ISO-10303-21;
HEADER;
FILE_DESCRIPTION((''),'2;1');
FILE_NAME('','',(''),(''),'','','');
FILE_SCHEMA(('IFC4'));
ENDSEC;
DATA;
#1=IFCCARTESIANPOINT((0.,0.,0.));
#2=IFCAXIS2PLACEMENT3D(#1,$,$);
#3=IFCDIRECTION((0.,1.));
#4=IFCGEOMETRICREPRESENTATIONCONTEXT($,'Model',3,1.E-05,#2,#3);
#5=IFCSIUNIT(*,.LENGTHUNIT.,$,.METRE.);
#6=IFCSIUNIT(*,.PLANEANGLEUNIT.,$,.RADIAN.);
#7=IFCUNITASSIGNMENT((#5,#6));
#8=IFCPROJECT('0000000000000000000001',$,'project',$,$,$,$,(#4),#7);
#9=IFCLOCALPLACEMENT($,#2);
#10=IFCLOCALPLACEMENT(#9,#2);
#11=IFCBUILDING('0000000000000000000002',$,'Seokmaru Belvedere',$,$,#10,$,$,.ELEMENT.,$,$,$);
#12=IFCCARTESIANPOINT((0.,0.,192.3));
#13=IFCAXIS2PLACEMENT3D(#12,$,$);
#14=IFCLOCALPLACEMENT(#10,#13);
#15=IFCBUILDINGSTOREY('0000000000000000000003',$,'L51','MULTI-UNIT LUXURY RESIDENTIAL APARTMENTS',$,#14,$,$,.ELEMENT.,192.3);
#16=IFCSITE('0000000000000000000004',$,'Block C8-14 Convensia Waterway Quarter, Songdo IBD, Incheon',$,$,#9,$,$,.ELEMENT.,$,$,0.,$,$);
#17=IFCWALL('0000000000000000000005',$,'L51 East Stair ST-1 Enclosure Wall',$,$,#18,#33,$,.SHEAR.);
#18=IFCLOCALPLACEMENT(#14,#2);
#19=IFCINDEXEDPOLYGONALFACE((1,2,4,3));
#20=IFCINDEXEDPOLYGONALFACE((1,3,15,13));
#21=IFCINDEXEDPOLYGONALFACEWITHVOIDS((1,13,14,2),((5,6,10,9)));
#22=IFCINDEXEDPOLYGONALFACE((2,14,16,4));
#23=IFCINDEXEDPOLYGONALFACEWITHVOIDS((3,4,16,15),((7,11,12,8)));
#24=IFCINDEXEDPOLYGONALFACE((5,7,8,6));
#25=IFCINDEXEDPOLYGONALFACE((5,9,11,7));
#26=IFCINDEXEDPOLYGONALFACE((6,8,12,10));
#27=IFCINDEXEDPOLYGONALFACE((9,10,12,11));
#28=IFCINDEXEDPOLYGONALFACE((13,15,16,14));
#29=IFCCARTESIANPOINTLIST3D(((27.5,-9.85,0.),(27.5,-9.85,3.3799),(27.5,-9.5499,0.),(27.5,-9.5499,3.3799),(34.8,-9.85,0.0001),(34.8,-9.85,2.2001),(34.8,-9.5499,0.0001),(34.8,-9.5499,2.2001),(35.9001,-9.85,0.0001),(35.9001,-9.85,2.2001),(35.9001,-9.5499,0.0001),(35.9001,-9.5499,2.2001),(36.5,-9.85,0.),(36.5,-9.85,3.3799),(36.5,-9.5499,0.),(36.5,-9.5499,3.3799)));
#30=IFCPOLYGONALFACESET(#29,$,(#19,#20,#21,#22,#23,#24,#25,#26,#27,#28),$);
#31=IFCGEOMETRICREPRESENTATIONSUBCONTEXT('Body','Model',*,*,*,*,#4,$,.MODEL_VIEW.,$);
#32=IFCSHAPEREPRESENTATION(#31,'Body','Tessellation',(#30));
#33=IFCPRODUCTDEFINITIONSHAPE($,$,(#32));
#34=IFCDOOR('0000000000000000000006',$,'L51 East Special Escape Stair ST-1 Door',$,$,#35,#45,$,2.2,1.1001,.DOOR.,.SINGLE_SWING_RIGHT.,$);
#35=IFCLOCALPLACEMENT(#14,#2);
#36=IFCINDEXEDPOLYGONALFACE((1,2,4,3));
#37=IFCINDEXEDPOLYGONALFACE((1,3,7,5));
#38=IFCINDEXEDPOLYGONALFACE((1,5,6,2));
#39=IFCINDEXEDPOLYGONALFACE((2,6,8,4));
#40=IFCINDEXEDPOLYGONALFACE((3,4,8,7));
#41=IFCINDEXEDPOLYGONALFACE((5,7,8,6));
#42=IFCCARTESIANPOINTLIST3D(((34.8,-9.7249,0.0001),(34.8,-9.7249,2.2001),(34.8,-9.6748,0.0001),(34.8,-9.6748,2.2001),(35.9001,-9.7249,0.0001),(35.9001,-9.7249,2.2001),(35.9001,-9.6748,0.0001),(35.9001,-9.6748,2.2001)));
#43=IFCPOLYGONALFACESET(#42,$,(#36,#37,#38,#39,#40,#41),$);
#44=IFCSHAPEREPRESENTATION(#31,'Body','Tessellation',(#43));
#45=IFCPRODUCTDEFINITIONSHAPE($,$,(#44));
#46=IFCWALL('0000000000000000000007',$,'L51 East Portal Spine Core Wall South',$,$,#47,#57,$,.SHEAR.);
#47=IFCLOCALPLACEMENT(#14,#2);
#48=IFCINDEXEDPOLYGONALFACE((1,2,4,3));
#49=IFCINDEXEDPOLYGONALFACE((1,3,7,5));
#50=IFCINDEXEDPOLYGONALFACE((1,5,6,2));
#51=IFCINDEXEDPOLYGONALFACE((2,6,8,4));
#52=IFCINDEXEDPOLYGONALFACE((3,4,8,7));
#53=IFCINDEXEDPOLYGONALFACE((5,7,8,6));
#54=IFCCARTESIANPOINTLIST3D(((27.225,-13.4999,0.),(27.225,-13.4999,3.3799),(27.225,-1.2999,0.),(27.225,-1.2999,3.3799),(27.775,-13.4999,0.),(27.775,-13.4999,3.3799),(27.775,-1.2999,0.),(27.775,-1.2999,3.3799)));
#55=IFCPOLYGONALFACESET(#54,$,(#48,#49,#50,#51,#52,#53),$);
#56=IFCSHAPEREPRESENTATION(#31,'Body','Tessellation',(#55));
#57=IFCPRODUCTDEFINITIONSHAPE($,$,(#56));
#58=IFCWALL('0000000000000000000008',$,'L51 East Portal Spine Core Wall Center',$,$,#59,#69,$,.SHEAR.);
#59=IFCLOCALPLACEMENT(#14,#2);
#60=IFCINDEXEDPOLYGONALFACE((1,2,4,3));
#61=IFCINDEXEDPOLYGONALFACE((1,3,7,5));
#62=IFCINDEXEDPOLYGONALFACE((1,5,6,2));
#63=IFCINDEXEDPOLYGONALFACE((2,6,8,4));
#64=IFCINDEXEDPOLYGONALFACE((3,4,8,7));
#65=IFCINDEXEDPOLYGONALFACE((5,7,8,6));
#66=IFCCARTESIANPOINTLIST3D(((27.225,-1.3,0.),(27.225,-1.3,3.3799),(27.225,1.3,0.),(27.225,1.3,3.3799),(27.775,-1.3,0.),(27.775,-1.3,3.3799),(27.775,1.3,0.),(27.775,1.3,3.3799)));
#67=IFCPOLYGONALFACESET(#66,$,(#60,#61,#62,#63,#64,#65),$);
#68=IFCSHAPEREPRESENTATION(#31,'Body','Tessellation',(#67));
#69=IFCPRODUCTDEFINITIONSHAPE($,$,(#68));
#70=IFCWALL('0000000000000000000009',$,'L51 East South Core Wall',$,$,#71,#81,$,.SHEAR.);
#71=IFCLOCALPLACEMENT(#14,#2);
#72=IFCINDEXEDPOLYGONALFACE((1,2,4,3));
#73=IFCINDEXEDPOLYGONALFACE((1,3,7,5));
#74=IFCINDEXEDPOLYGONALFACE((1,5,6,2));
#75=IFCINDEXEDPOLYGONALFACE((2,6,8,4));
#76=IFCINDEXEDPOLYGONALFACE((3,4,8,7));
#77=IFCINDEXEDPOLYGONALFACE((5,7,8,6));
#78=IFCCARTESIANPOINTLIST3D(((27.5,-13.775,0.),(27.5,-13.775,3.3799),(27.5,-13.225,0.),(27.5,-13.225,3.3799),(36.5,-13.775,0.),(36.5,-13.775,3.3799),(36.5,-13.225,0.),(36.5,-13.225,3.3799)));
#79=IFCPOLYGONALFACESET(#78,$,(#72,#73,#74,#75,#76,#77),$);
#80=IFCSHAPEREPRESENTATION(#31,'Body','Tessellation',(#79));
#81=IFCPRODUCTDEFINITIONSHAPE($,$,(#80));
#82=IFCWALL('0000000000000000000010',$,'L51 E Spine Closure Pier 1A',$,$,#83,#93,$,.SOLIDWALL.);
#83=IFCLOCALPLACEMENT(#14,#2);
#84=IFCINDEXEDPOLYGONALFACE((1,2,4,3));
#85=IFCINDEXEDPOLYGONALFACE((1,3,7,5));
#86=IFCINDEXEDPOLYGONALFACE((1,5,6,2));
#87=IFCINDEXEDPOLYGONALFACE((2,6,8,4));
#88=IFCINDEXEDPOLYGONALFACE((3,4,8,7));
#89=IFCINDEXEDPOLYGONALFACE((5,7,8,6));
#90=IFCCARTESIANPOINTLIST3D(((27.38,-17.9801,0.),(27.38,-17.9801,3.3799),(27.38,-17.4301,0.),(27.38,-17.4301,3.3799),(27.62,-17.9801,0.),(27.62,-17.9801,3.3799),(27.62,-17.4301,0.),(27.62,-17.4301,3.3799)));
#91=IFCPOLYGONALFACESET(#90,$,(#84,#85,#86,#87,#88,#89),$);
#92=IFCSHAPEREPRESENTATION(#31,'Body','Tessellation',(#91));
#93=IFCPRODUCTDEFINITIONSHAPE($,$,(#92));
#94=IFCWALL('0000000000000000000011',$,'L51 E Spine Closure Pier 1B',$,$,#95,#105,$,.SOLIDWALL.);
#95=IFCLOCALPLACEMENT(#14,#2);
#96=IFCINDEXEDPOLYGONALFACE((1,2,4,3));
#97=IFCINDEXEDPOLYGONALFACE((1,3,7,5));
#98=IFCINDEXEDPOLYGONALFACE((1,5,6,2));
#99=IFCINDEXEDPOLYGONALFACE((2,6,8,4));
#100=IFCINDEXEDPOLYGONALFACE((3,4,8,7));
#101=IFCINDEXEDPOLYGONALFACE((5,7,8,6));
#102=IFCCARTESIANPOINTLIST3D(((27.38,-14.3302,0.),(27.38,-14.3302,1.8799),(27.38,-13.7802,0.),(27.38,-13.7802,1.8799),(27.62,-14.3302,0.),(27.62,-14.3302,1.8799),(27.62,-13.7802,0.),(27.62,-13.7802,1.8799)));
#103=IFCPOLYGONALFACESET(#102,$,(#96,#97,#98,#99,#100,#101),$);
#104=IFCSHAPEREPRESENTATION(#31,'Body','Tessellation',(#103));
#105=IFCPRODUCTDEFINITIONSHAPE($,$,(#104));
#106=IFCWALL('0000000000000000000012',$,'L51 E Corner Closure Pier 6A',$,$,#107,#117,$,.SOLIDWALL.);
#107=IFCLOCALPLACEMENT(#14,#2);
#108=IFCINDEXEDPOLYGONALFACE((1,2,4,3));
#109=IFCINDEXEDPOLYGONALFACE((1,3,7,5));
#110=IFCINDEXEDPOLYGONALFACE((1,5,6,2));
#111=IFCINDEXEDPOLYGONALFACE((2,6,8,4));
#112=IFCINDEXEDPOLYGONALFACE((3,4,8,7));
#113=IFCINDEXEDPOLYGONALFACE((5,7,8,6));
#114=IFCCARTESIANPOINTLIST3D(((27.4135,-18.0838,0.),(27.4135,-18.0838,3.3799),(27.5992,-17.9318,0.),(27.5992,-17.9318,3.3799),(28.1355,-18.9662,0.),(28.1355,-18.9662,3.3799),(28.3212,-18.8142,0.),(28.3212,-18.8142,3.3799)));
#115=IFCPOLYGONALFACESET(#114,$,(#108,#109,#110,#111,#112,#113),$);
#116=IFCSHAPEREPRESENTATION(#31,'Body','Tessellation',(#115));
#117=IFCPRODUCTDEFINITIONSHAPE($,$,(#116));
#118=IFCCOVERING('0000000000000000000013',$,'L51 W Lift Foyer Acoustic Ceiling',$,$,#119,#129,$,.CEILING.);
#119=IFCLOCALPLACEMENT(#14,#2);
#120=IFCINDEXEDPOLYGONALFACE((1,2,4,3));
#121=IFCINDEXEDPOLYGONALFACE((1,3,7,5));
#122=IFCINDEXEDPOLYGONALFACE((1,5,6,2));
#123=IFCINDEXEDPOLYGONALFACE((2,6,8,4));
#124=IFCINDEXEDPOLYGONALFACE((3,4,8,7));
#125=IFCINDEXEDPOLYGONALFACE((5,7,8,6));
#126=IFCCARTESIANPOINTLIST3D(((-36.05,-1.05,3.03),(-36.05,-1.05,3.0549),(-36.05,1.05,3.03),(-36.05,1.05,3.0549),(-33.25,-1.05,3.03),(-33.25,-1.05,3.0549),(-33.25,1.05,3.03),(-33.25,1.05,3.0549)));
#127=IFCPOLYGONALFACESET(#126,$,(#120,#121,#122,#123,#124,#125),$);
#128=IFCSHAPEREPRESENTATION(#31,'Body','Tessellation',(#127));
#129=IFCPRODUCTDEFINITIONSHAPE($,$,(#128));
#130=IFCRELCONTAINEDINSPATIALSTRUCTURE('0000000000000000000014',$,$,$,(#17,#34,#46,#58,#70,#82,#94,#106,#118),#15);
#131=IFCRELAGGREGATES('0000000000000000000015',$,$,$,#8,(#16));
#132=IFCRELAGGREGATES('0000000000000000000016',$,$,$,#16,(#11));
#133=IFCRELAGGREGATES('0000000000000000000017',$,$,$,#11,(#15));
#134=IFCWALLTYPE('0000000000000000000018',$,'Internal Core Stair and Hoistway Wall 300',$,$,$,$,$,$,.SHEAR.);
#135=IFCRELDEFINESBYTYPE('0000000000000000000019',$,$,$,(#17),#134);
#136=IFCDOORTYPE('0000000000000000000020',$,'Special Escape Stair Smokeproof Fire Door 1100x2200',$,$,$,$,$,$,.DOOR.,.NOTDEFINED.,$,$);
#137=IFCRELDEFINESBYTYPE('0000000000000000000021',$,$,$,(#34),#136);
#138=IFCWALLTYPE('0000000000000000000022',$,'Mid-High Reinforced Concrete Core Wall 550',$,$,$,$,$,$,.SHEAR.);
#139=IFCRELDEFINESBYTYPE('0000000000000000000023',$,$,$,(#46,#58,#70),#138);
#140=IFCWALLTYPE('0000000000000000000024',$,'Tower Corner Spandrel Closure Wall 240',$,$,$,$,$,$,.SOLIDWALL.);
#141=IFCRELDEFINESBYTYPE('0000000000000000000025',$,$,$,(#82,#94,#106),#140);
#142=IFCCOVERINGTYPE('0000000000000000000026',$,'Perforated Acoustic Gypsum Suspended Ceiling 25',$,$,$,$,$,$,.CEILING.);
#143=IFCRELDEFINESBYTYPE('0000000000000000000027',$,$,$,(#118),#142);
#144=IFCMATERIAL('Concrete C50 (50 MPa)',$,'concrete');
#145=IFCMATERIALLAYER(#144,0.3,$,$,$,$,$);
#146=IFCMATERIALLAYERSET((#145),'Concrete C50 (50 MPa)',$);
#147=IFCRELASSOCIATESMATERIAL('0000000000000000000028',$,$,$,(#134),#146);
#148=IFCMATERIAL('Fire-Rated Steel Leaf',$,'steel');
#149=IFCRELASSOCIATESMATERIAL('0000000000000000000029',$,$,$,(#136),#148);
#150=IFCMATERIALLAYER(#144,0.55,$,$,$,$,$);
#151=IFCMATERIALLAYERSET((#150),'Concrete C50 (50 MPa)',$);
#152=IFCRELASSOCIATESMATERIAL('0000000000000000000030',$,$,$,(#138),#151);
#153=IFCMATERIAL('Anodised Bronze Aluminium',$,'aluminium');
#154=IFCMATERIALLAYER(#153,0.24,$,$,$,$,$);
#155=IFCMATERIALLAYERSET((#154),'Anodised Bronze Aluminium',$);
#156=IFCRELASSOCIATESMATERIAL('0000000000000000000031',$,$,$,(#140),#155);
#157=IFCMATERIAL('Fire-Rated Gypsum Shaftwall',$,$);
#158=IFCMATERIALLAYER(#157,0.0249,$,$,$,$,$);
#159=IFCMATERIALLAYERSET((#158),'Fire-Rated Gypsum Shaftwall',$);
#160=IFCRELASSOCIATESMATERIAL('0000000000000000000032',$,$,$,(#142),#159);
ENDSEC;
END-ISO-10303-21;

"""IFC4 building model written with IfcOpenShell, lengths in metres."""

from ifc_helpers import new_model, si_unit, direction, frame, frame_2d, origin, place, context, subcontext, project, spatial, polyline, rectangle, outline, extrude, source, transform, mapped, material, layer, layer_set, type_object, type_shapes, element, fill, save


model = new_model("IFC4")

# Units and contexts
model_context = context("Model", 3, precision=1e-05, world=origin(), true_north=direction((0.0, 1.0)))
body_context = subcontext(model_context, "Body", "Model", "MODEL_VIEW")
ifc_project = project(units=[si_unit("LENGTHUNIT", "METRE"), si_unit("PLANEANGLEUNIT", "RADIAN")], contexts=[model_context])

# Site, building, storey
site_placement = place(None, origin())
site = spatial("IfcSite", under=ifc_project, at=site_placement, Name="Block C8-14 Convensia Waterway Quarter, Songdo IBD, Incheon", CompositionType="ELEMENT", RefElevation=0.0)
building_placement = place(site_placement, origin())
building = spatial("IfcBuilding", under=site, at=building_placement, Name="Seokmaru Belvedere", CompositionType="ELEMENT")
storey_placement = place(building_placement, frame((0.0, 0.0, 192.3)))
storey = spatial("IfcBuildingStorey", under=building, at=storey_placement, Name="L51", Description="MULTI-UNIT LUXURY RESIDENTIAL APARTMENTS", CompositionType="ELEMENT", Elevation=192.3)

# Shared definitions
ifc_material_1 = material(Name="Anodised Bronze Aluminium", Category="aluminium")

# Shared definitions
ifc_material_2 = material(Name="Fire-Rated Gypsum Shaftwall")
ifc_material_3 = material(Name="Fire-Rated Steel Leaf", Category="steel")

# Shared definitions
ifc_material_4 = material(Name="Concrete C50 (50 MPa)", Category="concrete")

# Wall, opening, door
ifc_layer_1 = layer(ifc_material_4, 0.3)
ifc_layer_set_1 = layer_set([ifc_layer_1], Name="Concrete C50 (50 MPa)")
wall_type_1 = type_object("IfcWallType", Name="Internal Core Stair and Hoistway Wall 300", PredefinedType="SHEAR", material=ifc_layer_set_1)
wall_1_placement = place(storey_placement, frame((27.5, -9.7, 0.0), z_axis=(0.0, 0.0, 1.0), x_axis=(1.0, 0.0, 0.0)))
wall_1 = element("IfcWall", 1, at=wall_1_placement, inside=storey, type_object=wall_type_1, Name="L51 East Stair ST-1 Enclosure Wall", PredefinedType="SHEAR", context=body_context, shape_type="SweptSolid", body=[
    extrude(rectangle(XDim=9.0, YDim=0.3, at=frame_2d((4.5, 0.0))), origin(), (0.0, 0.0, 1.0), 3.3799),
])
opening_1_placement = place(wall_1_placement, frame((7.3, 0.0, 0.0)))
opening_1 = element("IfcOpeningElement", 2, at=opening_1_placement, cuts=wall_1, PredefinedType="OPENING", context=body_context, shape_type="SweptSolid", body=[
    extrude(rectangle(XDim=1.1001, YDim=2.2, at=frame_2d((0.55, 1.1001))), frame((0.0, 0.1602, 0.0), z_axis=(0.0, -1.0, 0.0), x_axis=(1.0, 0.0, 0.0)), (0.0, 0.0, 1.0), 0.3201),
])
door_type_1 = type_object("IfcDoorType", Name="Special Escape Stair Smokeproof Fire Door 1100x2200", OperationType="NOTDEFINED", PredefinedType="DOOR", material=ifc_material_3)
shared_shape_1 = source(origin(), body_context, "Body", "SweptSolid", [
    extrude(rectangle(XDim=1.1001, YDim=2.2, at=frame_2d((0.55, 1.1001))), frame((0.0, 0.0249, 0.0), z_axis=(0.0, -1.0, 0.0), x_axis=(1.0, 0.0, 0.0)), (0.0, 0.0, 1.0), 0.05),
])
type_shapes(door_type_1, [shared_shape_1])
door_1_placement = place(opening_1_placement, frame((1.1001, 0.0, 0.0), z_axis=(0.0, 0.0, 1.0), x_axis=(-1.0, 0.0, 0.0)))
door_1 = element("IfcDoor", 3, at=door_1_placement, inside=storey, type_object=door_type_1, Name="L51 East Special Escape Stair ST-1 Door", OperationType="SINGLE_SWING_RIGHT", OverallHeight=2.2, OverallWidth=1.1001, PredefinedType="DOOR", context=body_context, shape_type="MappedRepresentation", body=[
    mapped(shared_shape_1, transform((0.0, 0.0, 0.0), scale=1.0)),
])
fill(opening_1, door_1)

# Walls
ifc_layer_2 = layer(ifc_material_4, 0.55)
ifc_layer_set_2 = layer_set([ifc_layer_2], Name="Concrete C50 (50 MPa)")
wall_type_2 = type_object("IfcWallType", Name="Mid-High Reinforced Concrete Core Wall 550", PredefinedType="SHEAR", material=ifc_layer_set_2)
wall_2_placement = place(storey_placement, frame((27.5, -13.5, 0.0), z_axis=(0.0, 0.0, 1.0), x_axis=(0.0, 1.0, 0.0)))
element("IfcWall", 4, at=wall_2_placement, inside=storey, type_object=wall_type_2, Name="L51 East Portal Spine Core Wall South", PredefinedType="SHEAR", context=body_context, shape_type="SweptSolid", body=[
    extrude(rectangle(XDim=12.2, YDim=0.55, at=frame_2d((6.1001, 0.0))), origin(), (0.0, 0.0, 1.0), 3.3799),
])
wall_3_placement = place(storey_placement, frame((27.5, -1.3, 0.0), z_axis=(0.0, 0.0, 1.0), x_axis=(0.0, 1.0, 0.0)))
element("IfcWall", 5, at=wall_3_placement, inside=storey, type_object=wall_type_2, Name="L51 East Portal Spine Core Wall Center", PredefinedType="SHEAR", context=body_context, shape_type="SweptSolid", body=[
    extrude(rectangle(XDim=2.6001, YDim=0.55, at=frame_2d((1.3, 0.0))), origin(), (0.0, 0.0, 1.0), 3.3799),
])
wall_4_placement = place(storey_placement, frame((27.5, -13.5, 0.0), z_axis=(0.0, 0.0, 1.0), x_axis=(1.0, 0.0, 0.0)))
element("IfcWall", 6, at=wall_4_placement, inside=storey, type_object=wall_type_2, Name="L51 East South Core Wall", PredefinedType="SHEAR", context=body_context, shape_type="SweptSolid", body=[
    extrude(rectangle(XDim=9.0, YDim=0.55, at=frame_2d((4.5, 0.0))), origin(), (0.0, 0.0, 1.0), 3.3799),
])
ifc_layer_3 = layer(ifc_material_1, 0.24)
ifc_layer_set_3 = layer_set([ifc_layer_3], Name="Anodised Bronze Aluminium")
wall_type_3 = type_object("IfcWallType", Name="Tower Corner Spandrel Closure Wall 240", PredefinedType="SOLIDWALL", material=ifc_layer_set_3)
wall_5_placement = place(storey_placement, frame((27.5, -17.98, 0.0), z_axis=(0.0, 0.0, 1.0), x_axis=(0.0, 1.0, 0.0)))
element("IfcWall", 7, at=wall_5_placement, inside=storey, type_object=wall_type_3, Name="L51 E Spine Closure Pier 1A", PredefinedType="SOLIDWALL", context=body_context, shape_type="SweptSolid", body=[
    extrude(rectangle(XDim=0.55, YDim=0.24, at=frame_2d((0.2749, 0.0))), origin(), (0.0, 0.0, 1.0), 3.3799),
])
wall_6_placement = place(storey_placement, frame((27.5, -14.3301, 0.0), z_axis=(0.0, 0.0, 1.0), x_axis=(0.0, 1.0, 0.0)))
element("IfcWall", 8, at=wall_6_placement, inside=storey, type_object=wall_type_3, Name="L51 E Spine Closure Pier 1B", PredefinedType="SOLIDWALL", context=body_context, shape_type="SweptSolid", body=[
    extrude(rectangle(XDim=0.55, YDim=0.24, at=frame_2d((0.2749, 0.0))), origin(), (0.0, 0.0, 1.0), 1.8799),
])
wall_7_placement = place(storey_placement, frame((27.5063, -18.0078, 0.0), z_axis=(0.0, 0.0, 1.0), x_axis=(0.633249, -0.773948, 0.0)))
element("IfcWall", 9, at=wall_7_placement, inside=storey, type_object=wall_type_3, Name="L51 E Corner Closure Pier 6A", PredefinedType="SOLIDWALL", context=body_context, shape_type="SweptSolid", body=[
    extrude(rectangle(XDim=1.1401, YDim=0.24, at=frame_2d((0.5701, 0.0))), origin(), (0.0, 0.0, 1.0), 3.3799),
])

# Covering
ifc_layer_4 = layer(ifc_material_2, 0.0249)
ifc_layer_set_4 = layer_set([ifc_layer_4], Name="Fire-Rated Gypsum Shaftwall")
covering_type = type_object("IfcCoveringType", Name="Perforated Acoustic Gypsum Suspended Ceiling 25", PredefinedType="CEILING", material=ifc_layer_set_4)
covering_placement = place(storey_placement, frame((0.0, 0.0, 3.03)))
element("IfcCovering", 10, at=covering_placement, inside=storey, type_object=covering_type, Name="L51 W Lift Foyer Acoustic Ceiling", PredefinedType="CEILING", context=body_context, shape_type="SweptSolid", body=[
    extrude(outline(polyline([(-36.05, -1.05), (-33.25, -1.05), (-33.25, 1.05), (-36.05, 1.05), (-36.05, -1.05)])), origin(), (0.0, 0.0, 1.0), 0.0249),
])

save(model, "model.ifc")
